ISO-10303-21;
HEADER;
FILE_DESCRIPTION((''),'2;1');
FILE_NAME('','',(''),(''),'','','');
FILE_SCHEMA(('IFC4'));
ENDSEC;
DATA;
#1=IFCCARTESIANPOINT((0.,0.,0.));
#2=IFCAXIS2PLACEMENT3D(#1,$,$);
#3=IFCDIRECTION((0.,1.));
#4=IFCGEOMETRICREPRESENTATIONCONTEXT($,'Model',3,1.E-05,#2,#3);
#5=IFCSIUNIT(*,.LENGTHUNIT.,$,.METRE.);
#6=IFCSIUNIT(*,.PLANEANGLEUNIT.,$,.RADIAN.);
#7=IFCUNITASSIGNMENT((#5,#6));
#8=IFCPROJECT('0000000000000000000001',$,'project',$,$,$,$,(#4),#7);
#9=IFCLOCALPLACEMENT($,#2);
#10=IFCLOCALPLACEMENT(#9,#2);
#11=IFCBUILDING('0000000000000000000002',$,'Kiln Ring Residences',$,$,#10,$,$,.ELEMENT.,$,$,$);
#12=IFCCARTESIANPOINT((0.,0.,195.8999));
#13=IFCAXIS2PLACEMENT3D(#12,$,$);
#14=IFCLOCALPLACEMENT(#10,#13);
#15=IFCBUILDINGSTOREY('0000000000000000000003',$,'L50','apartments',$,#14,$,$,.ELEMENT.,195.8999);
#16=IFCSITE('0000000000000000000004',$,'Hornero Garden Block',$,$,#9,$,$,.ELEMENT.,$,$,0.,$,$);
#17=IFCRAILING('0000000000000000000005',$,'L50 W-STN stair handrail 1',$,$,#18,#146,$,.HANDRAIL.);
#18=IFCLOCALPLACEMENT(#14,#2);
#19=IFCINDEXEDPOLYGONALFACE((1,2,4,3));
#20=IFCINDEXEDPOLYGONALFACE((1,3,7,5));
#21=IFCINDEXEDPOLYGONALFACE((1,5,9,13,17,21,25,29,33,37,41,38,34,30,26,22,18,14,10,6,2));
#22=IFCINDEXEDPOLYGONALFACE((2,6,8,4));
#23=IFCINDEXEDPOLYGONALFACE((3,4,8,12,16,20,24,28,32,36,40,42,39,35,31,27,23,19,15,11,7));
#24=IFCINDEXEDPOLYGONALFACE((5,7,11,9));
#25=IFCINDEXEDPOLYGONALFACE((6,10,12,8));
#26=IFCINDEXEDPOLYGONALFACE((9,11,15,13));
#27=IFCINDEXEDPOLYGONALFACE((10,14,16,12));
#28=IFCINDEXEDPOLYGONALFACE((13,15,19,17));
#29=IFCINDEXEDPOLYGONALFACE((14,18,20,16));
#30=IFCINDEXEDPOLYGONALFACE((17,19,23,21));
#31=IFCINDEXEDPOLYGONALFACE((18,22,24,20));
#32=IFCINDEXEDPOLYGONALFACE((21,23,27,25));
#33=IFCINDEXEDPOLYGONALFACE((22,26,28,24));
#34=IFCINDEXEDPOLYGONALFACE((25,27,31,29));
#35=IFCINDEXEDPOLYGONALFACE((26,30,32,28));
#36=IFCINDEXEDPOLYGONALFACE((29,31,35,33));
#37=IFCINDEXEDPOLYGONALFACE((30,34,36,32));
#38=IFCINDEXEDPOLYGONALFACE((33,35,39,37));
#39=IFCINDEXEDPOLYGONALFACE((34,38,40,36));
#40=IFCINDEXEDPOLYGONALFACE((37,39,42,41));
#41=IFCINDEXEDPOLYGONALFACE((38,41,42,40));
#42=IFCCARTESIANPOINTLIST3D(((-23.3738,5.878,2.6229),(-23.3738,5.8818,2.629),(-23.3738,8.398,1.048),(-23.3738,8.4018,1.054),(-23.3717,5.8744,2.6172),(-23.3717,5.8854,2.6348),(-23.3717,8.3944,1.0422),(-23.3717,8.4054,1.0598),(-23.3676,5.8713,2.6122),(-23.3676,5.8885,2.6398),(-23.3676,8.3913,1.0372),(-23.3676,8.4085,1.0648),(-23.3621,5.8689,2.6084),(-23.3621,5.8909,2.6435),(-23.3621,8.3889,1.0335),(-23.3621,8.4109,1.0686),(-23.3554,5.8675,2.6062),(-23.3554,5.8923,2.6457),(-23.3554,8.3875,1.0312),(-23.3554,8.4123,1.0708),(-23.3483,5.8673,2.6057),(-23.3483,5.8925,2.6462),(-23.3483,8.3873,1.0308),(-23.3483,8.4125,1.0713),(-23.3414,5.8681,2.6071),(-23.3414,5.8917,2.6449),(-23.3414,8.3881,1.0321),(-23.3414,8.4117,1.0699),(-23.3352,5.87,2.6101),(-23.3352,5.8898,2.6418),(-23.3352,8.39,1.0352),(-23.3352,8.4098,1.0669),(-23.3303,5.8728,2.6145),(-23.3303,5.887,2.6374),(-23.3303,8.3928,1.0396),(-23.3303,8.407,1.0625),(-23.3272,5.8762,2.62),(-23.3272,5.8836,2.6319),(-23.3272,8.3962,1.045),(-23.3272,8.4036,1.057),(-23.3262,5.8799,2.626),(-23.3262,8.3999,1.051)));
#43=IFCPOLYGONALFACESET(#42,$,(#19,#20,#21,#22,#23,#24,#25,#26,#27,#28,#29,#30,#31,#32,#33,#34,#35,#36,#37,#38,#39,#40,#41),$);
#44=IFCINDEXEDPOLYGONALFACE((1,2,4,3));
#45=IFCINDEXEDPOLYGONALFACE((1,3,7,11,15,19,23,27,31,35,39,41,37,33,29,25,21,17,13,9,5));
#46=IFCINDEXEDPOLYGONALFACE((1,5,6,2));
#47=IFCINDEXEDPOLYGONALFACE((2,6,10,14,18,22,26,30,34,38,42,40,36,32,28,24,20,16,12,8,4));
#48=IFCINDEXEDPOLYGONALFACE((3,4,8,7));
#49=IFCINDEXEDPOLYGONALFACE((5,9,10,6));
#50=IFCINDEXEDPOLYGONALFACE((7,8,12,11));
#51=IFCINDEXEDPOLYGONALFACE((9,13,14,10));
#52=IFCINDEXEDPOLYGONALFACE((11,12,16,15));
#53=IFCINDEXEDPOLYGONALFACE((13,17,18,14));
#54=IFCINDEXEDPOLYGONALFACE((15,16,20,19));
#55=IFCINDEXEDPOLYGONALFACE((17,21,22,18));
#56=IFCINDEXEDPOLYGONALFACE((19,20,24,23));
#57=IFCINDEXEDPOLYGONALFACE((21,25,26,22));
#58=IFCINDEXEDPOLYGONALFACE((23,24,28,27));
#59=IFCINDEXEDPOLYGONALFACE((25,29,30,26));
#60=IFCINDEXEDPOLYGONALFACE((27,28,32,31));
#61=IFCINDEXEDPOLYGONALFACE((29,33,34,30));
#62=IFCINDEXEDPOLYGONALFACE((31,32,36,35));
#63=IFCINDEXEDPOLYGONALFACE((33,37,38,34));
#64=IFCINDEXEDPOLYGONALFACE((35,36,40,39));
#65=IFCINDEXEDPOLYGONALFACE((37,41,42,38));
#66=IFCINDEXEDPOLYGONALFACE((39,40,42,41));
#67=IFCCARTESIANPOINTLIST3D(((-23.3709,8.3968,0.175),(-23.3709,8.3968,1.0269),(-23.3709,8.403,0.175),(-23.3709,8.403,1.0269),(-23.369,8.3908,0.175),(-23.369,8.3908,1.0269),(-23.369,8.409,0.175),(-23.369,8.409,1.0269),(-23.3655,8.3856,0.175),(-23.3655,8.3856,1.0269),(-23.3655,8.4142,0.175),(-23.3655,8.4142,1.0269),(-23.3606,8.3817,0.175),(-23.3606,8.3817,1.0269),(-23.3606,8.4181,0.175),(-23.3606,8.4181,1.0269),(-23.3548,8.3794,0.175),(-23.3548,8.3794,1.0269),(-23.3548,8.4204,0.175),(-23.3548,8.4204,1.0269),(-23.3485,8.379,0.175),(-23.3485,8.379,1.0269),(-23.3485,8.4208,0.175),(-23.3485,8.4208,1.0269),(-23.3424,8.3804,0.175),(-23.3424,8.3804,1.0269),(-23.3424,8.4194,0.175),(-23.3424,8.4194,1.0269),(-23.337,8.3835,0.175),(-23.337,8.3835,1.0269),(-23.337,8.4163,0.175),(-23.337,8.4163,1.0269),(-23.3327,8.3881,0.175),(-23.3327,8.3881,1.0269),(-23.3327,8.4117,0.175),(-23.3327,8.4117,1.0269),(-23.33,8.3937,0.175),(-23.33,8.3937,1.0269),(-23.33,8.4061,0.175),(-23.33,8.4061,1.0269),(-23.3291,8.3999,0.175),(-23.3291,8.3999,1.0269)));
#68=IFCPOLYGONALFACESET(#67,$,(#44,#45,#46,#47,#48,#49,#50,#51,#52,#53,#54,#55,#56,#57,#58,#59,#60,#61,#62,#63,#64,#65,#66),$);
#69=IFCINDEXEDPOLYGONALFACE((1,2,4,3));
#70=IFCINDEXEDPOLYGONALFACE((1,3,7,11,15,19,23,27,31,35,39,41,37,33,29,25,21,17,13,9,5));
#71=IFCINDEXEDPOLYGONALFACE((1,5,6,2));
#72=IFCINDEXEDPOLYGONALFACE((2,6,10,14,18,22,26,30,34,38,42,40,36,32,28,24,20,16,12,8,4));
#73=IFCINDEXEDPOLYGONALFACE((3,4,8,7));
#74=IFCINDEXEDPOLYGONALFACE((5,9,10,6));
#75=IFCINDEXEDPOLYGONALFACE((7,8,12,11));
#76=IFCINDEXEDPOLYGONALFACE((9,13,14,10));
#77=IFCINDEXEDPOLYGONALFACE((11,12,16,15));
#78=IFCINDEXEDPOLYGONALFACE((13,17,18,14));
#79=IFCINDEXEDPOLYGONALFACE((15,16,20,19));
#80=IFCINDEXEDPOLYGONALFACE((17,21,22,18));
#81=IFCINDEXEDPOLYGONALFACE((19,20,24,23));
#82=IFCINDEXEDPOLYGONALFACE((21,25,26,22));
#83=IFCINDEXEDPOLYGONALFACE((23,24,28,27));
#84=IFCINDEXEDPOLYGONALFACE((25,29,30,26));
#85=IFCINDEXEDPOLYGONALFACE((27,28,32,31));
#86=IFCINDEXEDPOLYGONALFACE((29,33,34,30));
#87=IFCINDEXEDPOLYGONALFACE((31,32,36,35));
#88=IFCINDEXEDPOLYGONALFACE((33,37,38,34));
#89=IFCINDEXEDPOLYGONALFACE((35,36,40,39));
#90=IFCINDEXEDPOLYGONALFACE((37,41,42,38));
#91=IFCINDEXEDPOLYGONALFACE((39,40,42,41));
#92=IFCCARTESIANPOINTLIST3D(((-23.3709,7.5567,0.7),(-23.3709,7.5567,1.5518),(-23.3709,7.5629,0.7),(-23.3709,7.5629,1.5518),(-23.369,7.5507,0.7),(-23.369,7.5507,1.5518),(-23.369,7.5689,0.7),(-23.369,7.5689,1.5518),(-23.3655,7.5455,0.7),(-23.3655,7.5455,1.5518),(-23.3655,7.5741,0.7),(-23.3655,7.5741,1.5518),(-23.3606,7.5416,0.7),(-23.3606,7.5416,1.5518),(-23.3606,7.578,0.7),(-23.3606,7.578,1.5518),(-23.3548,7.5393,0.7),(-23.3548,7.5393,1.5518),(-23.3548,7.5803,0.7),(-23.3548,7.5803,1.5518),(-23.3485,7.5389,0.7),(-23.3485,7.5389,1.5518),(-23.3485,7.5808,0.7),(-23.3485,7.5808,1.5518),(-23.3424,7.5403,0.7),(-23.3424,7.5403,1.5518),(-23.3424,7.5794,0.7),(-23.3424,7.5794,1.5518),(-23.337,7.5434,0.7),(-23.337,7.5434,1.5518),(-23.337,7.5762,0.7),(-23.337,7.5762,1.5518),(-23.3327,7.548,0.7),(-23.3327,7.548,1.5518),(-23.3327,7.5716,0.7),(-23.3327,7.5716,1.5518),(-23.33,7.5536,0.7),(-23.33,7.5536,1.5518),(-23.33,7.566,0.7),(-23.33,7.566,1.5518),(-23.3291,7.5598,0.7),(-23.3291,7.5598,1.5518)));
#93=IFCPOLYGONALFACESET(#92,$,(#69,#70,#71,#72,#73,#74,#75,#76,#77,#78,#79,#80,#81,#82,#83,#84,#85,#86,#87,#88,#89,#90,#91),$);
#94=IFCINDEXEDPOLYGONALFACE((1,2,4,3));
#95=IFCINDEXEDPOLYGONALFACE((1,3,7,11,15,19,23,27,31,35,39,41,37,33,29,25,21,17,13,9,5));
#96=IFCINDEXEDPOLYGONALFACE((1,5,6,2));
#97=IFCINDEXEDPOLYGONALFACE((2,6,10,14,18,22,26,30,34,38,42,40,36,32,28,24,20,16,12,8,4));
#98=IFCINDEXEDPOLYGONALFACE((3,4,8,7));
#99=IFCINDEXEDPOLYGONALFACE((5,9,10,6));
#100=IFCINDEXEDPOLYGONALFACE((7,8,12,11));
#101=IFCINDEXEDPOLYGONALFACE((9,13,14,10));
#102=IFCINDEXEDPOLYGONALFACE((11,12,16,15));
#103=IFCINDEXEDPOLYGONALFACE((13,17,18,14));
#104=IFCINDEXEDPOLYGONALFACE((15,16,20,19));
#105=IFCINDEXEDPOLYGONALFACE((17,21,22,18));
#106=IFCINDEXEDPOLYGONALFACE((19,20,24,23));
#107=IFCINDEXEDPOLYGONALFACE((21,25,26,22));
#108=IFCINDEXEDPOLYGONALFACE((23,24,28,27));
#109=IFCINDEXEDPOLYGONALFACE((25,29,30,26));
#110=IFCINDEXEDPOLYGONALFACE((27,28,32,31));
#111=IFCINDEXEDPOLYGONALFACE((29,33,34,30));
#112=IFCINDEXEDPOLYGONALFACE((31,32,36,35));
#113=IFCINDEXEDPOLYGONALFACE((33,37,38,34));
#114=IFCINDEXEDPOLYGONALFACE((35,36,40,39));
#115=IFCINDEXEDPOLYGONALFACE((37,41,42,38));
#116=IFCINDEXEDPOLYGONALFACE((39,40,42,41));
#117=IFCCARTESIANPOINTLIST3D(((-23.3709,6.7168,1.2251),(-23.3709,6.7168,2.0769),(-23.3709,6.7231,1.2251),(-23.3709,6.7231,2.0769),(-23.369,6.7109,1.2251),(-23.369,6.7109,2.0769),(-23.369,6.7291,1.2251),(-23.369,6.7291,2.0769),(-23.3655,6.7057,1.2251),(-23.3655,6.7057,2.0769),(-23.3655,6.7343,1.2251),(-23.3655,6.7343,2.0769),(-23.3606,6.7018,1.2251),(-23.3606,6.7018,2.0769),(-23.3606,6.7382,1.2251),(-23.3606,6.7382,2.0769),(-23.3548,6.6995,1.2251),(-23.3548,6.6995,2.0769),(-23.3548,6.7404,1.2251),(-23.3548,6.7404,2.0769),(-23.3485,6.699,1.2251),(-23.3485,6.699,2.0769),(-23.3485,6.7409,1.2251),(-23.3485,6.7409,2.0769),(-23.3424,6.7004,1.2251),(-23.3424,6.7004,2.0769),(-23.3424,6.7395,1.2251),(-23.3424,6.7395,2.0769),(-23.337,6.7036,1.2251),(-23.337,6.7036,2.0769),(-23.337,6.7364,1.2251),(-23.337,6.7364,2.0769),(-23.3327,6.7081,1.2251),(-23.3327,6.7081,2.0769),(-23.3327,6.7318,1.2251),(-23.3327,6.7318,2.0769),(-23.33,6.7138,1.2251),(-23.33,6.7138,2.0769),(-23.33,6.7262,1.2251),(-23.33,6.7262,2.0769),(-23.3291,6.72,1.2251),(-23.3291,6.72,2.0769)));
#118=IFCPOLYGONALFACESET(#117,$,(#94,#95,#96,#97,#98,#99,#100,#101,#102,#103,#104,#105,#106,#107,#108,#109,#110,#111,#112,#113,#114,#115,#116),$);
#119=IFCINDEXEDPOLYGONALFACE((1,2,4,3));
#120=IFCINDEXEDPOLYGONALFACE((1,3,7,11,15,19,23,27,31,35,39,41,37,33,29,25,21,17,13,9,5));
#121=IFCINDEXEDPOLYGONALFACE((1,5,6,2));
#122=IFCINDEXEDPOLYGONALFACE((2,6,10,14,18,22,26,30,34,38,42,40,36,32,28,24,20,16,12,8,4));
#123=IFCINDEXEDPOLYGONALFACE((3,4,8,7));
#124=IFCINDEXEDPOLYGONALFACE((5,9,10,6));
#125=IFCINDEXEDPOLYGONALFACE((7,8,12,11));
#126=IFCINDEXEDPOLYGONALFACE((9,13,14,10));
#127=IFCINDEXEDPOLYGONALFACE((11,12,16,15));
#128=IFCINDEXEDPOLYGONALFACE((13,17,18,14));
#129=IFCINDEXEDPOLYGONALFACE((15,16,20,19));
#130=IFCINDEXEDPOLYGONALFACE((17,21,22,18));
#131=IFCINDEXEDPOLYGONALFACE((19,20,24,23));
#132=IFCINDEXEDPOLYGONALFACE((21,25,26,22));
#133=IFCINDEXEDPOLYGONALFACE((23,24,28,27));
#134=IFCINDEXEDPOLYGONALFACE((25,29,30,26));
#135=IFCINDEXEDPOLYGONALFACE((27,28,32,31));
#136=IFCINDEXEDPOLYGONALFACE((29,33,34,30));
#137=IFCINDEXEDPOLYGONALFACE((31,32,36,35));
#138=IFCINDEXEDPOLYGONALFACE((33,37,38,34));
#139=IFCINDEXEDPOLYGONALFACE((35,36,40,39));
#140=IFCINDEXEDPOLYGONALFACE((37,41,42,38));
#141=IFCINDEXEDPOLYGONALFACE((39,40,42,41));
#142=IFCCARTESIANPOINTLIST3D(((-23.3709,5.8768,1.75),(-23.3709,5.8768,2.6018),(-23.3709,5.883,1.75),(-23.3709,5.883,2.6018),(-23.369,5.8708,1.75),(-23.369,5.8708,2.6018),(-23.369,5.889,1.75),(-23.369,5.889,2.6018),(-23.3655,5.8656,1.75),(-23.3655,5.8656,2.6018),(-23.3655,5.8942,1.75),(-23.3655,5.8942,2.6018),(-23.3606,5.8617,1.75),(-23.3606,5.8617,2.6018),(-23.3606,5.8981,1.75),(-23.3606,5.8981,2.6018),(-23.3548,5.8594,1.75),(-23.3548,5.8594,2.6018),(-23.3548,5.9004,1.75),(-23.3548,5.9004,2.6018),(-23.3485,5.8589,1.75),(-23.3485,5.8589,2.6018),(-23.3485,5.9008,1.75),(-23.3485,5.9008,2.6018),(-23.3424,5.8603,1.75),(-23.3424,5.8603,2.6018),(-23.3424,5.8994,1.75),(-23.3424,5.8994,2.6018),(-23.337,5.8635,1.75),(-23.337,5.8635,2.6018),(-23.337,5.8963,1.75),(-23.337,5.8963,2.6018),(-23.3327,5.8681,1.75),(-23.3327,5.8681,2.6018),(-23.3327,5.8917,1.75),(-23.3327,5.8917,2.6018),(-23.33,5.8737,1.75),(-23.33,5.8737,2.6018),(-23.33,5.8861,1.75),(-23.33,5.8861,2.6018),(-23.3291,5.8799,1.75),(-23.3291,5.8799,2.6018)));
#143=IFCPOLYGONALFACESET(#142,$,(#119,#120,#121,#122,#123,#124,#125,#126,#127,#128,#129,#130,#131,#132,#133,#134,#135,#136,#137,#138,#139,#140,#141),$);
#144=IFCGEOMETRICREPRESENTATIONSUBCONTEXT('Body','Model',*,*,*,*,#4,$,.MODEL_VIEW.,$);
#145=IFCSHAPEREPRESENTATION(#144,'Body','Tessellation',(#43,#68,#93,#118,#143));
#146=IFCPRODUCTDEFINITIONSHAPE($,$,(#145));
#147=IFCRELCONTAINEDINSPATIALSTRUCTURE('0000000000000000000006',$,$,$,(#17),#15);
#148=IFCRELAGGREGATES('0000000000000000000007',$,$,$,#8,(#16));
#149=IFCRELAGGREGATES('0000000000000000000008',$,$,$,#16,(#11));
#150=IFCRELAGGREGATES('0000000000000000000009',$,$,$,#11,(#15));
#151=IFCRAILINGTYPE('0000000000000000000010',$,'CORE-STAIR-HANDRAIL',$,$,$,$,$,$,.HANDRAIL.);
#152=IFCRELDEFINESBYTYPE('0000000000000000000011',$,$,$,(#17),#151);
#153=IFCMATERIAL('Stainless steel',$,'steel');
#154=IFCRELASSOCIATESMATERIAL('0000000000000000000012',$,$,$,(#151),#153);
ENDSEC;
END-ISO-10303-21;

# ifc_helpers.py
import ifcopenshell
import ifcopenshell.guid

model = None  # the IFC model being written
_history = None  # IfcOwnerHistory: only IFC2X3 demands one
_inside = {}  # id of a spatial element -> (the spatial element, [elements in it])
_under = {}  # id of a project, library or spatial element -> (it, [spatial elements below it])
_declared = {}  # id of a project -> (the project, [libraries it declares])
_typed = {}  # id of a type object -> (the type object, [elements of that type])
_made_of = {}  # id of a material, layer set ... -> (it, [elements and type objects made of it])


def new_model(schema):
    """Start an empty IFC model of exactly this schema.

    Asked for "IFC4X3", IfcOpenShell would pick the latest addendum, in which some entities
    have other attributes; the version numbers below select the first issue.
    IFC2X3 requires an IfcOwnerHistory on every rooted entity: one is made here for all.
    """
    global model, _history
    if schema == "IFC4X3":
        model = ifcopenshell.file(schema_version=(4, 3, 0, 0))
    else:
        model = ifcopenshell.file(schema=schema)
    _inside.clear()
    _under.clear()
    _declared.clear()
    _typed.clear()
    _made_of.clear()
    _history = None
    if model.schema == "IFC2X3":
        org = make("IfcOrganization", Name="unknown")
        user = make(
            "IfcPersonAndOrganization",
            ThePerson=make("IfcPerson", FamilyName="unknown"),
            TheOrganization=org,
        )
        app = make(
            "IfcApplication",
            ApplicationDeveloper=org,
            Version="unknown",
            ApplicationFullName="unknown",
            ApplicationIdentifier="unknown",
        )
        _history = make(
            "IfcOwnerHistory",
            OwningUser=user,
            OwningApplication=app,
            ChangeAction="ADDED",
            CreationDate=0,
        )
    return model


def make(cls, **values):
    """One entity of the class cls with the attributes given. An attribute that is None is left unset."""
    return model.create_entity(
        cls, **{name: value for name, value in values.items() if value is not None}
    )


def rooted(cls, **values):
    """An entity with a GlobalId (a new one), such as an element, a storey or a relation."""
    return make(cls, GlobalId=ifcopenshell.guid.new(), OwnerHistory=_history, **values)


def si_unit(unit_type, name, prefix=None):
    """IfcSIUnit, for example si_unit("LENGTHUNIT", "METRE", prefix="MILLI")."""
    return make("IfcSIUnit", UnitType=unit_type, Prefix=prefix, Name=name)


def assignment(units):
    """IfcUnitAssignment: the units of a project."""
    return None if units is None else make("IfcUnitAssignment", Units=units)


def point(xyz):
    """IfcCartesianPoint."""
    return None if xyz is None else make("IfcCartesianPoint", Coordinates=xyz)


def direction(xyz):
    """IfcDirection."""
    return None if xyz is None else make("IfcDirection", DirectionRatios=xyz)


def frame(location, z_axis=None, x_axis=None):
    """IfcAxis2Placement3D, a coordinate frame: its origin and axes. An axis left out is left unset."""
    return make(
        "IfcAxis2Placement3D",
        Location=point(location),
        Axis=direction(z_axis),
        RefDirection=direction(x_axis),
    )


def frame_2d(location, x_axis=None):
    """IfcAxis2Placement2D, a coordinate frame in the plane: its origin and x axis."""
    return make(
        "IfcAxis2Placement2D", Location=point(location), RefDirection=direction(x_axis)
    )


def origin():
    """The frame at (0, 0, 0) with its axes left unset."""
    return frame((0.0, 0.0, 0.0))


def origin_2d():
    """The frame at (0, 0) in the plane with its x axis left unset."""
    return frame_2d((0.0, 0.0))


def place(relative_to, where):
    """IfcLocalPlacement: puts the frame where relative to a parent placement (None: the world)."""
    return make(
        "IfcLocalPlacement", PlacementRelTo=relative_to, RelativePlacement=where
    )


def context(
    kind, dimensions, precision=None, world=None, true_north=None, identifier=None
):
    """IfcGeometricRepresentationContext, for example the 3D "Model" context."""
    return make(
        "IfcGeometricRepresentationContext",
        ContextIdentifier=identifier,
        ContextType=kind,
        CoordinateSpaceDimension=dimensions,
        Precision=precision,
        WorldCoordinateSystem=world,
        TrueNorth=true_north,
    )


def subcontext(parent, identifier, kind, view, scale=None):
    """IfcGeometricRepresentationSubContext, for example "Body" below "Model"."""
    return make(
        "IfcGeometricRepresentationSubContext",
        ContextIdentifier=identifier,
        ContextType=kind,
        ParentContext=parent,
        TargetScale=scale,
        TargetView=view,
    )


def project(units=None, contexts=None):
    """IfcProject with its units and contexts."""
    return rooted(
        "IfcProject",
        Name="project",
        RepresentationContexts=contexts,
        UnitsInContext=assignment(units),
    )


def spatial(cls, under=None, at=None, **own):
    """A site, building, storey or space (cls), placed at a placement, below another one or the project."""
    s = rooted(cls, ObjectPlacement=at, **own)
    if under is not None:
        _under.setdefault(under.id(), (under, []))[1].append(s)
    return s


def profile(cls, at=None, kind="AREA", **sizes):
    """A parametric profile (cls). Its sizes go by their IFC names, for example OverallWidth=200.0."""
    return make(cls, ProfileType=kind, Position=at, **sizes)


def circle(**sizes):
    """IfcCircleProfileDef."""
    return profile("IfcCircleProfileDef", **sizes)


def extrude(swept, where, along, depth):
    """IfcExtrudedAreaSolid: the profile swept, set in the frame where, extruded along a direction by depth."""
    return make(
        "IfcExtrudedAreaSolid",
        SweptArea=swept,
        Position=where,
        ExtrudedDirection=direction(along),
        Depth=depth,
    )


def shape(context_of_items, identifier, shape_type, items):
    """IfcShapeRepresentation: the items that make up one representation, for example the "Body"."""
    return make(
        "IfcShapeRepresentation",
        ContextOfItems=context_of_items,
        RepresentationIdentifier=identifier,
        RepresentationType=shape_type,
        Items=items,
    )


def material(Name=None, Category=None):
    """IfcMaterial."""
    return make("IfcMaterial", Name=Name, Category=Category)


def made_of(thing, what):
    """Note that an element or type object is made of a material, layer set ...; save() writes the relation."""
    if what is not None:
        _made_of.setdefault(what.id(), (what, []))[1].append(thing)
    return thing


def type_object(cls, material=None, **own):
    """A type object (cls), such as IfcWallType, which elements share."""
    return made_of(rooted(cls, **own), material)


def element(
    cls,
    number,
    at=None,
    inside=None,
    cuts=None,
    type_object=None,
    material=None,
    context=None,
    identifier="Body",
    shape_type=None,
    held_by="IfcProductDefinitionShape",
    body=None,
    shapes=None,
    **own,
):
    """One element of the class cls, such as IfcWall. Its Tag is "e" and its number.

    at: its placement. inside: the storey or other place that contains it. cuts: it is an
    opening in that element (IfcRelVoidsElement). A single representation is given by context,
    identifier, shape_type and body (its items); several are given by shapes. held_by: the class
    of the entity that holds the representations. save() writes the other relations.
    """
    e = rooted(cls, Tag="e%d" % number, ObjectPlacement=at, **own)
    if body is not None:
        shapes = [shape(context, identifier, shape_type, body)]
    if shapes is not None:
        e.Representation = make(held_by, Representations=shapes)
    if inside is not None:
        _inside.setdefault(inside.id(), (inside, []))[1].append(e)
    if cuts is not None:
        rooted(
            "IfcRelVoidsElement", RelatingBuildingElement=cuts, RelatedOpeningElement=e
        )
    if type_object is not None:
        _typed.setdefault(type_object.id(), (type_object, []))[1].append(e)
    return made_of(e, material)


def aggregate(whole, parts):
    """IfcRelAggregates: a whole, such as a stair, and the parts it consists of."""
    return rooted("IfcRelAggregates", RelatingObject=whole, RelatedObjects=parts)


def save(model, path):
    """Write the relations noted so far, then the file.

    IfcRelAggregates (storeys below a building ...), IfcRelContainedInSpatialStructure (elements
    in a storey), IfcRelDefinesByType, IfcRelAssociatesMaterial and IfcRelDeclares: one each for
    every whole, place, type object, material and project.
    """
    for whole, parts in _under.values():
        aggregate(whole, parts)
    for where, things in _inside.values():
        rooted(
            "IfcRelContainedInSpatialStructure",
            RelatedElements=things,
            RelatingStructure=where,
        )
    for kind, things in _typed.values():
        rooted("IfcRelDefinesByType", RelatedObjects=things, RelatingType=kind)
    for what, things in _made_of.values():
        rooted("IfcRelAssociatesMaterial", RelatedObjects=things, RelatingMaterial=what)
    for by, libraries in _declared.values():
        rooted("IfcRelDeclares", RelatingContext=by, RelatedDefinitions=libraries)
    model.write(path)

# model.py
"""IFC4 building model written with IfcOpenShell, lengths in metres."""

from ifc_helpers import new_model, si_unit, direction, frame, origin, origin_2d, place, context, subcontext, project, spatial, circle, extrude, material, type_object, element, save


model = new_model("IFC4")

# Units and contexts
model_context = context("Model", 3, precision=1e-05, world=origin(), true_north=direction((0.0, 1.0)))
body_context = subcontext(model_context, "Body", "Model", "MODEL_VIEW")
ifc_project = project(units=[si_unit("LENGTHUNIT", "METRE"), si_unit("PLANEANGLEUNIT", "RADIAN")], contexts=[model_context])

# Site, building, storey
site_placement = place(None, origin())
site = spatial("IfcSite", under=ifc_project, at=site_placement, Name="Hornero Garden Block", CompositionType="ELEMENT", RefElevation=0.0)
building_placement = place(site_placement, origin())
building = spatial("IfcBuilding", under=site, at=building_placement, Name="Kiln Ring Residences", CompositionType="ELEMENT")
storey_placement = place(building_placement, frame((0.0, 0.0, 195.8999)))
storey = spatial("IfcBuildingStorey", under=building, at=storey_placement, Name="L50", Description="apartments", CompositionType="ELEMENT", Elevation=195.8999)

# Railing
ifc_material_1 = material(Name="Stainless steel", Category="steel")
railing_type_1 = type_object("IfcRailingType", Name="CORE-STAIR-HANDRAIL", PredefinedType="HANDRAIL", material=ifc_material_1)
railing_1_placement = place(storey_placement, frame((-23.3501, 8.3999, 0.175)))
element("IfcRailing", 1, at=railing_1_placement, inside=storey, type_object=railing_type_1, Name="L50 W-STN stair handrail 1", PredefinedType="HANDRAIL", context=body_context, shape_type="SweptSolid", body=[
    extrude(circle(Radius=0.0239, at=origin_2d()), frame((0.0, 0.0, 0.876), z_axis=(0.0, -0.848008, 0.529984), x_axis=(1.0, 0.0, 0.0)), (0.0, 0.0, 1.0), 2.9717),
    extrude(circle(Radius=0.021, at=origin_2d()), origin(), (0.0, 0.0, 1.0), 0.8518),
    extrude(circle(Radius=0.021, at=origin_2d()), frame((0.0, -0.8401, 0.5249)), (0.0, 0.0, 1.0), 0.8518),
    extrude(circle(Radius=0.021, at=origin_2d()), frame((0.0, -1.6799, 1.05)), (0.0, 0.0, 1.0), 0.8518),
    extrude(circle(Radius=0.021, at=origin_2d()), frame((0.0, -2.52, 1.575)), (0.0, 0.0, 1.0), 0.8518),
])

save(model, "model.ifc")
